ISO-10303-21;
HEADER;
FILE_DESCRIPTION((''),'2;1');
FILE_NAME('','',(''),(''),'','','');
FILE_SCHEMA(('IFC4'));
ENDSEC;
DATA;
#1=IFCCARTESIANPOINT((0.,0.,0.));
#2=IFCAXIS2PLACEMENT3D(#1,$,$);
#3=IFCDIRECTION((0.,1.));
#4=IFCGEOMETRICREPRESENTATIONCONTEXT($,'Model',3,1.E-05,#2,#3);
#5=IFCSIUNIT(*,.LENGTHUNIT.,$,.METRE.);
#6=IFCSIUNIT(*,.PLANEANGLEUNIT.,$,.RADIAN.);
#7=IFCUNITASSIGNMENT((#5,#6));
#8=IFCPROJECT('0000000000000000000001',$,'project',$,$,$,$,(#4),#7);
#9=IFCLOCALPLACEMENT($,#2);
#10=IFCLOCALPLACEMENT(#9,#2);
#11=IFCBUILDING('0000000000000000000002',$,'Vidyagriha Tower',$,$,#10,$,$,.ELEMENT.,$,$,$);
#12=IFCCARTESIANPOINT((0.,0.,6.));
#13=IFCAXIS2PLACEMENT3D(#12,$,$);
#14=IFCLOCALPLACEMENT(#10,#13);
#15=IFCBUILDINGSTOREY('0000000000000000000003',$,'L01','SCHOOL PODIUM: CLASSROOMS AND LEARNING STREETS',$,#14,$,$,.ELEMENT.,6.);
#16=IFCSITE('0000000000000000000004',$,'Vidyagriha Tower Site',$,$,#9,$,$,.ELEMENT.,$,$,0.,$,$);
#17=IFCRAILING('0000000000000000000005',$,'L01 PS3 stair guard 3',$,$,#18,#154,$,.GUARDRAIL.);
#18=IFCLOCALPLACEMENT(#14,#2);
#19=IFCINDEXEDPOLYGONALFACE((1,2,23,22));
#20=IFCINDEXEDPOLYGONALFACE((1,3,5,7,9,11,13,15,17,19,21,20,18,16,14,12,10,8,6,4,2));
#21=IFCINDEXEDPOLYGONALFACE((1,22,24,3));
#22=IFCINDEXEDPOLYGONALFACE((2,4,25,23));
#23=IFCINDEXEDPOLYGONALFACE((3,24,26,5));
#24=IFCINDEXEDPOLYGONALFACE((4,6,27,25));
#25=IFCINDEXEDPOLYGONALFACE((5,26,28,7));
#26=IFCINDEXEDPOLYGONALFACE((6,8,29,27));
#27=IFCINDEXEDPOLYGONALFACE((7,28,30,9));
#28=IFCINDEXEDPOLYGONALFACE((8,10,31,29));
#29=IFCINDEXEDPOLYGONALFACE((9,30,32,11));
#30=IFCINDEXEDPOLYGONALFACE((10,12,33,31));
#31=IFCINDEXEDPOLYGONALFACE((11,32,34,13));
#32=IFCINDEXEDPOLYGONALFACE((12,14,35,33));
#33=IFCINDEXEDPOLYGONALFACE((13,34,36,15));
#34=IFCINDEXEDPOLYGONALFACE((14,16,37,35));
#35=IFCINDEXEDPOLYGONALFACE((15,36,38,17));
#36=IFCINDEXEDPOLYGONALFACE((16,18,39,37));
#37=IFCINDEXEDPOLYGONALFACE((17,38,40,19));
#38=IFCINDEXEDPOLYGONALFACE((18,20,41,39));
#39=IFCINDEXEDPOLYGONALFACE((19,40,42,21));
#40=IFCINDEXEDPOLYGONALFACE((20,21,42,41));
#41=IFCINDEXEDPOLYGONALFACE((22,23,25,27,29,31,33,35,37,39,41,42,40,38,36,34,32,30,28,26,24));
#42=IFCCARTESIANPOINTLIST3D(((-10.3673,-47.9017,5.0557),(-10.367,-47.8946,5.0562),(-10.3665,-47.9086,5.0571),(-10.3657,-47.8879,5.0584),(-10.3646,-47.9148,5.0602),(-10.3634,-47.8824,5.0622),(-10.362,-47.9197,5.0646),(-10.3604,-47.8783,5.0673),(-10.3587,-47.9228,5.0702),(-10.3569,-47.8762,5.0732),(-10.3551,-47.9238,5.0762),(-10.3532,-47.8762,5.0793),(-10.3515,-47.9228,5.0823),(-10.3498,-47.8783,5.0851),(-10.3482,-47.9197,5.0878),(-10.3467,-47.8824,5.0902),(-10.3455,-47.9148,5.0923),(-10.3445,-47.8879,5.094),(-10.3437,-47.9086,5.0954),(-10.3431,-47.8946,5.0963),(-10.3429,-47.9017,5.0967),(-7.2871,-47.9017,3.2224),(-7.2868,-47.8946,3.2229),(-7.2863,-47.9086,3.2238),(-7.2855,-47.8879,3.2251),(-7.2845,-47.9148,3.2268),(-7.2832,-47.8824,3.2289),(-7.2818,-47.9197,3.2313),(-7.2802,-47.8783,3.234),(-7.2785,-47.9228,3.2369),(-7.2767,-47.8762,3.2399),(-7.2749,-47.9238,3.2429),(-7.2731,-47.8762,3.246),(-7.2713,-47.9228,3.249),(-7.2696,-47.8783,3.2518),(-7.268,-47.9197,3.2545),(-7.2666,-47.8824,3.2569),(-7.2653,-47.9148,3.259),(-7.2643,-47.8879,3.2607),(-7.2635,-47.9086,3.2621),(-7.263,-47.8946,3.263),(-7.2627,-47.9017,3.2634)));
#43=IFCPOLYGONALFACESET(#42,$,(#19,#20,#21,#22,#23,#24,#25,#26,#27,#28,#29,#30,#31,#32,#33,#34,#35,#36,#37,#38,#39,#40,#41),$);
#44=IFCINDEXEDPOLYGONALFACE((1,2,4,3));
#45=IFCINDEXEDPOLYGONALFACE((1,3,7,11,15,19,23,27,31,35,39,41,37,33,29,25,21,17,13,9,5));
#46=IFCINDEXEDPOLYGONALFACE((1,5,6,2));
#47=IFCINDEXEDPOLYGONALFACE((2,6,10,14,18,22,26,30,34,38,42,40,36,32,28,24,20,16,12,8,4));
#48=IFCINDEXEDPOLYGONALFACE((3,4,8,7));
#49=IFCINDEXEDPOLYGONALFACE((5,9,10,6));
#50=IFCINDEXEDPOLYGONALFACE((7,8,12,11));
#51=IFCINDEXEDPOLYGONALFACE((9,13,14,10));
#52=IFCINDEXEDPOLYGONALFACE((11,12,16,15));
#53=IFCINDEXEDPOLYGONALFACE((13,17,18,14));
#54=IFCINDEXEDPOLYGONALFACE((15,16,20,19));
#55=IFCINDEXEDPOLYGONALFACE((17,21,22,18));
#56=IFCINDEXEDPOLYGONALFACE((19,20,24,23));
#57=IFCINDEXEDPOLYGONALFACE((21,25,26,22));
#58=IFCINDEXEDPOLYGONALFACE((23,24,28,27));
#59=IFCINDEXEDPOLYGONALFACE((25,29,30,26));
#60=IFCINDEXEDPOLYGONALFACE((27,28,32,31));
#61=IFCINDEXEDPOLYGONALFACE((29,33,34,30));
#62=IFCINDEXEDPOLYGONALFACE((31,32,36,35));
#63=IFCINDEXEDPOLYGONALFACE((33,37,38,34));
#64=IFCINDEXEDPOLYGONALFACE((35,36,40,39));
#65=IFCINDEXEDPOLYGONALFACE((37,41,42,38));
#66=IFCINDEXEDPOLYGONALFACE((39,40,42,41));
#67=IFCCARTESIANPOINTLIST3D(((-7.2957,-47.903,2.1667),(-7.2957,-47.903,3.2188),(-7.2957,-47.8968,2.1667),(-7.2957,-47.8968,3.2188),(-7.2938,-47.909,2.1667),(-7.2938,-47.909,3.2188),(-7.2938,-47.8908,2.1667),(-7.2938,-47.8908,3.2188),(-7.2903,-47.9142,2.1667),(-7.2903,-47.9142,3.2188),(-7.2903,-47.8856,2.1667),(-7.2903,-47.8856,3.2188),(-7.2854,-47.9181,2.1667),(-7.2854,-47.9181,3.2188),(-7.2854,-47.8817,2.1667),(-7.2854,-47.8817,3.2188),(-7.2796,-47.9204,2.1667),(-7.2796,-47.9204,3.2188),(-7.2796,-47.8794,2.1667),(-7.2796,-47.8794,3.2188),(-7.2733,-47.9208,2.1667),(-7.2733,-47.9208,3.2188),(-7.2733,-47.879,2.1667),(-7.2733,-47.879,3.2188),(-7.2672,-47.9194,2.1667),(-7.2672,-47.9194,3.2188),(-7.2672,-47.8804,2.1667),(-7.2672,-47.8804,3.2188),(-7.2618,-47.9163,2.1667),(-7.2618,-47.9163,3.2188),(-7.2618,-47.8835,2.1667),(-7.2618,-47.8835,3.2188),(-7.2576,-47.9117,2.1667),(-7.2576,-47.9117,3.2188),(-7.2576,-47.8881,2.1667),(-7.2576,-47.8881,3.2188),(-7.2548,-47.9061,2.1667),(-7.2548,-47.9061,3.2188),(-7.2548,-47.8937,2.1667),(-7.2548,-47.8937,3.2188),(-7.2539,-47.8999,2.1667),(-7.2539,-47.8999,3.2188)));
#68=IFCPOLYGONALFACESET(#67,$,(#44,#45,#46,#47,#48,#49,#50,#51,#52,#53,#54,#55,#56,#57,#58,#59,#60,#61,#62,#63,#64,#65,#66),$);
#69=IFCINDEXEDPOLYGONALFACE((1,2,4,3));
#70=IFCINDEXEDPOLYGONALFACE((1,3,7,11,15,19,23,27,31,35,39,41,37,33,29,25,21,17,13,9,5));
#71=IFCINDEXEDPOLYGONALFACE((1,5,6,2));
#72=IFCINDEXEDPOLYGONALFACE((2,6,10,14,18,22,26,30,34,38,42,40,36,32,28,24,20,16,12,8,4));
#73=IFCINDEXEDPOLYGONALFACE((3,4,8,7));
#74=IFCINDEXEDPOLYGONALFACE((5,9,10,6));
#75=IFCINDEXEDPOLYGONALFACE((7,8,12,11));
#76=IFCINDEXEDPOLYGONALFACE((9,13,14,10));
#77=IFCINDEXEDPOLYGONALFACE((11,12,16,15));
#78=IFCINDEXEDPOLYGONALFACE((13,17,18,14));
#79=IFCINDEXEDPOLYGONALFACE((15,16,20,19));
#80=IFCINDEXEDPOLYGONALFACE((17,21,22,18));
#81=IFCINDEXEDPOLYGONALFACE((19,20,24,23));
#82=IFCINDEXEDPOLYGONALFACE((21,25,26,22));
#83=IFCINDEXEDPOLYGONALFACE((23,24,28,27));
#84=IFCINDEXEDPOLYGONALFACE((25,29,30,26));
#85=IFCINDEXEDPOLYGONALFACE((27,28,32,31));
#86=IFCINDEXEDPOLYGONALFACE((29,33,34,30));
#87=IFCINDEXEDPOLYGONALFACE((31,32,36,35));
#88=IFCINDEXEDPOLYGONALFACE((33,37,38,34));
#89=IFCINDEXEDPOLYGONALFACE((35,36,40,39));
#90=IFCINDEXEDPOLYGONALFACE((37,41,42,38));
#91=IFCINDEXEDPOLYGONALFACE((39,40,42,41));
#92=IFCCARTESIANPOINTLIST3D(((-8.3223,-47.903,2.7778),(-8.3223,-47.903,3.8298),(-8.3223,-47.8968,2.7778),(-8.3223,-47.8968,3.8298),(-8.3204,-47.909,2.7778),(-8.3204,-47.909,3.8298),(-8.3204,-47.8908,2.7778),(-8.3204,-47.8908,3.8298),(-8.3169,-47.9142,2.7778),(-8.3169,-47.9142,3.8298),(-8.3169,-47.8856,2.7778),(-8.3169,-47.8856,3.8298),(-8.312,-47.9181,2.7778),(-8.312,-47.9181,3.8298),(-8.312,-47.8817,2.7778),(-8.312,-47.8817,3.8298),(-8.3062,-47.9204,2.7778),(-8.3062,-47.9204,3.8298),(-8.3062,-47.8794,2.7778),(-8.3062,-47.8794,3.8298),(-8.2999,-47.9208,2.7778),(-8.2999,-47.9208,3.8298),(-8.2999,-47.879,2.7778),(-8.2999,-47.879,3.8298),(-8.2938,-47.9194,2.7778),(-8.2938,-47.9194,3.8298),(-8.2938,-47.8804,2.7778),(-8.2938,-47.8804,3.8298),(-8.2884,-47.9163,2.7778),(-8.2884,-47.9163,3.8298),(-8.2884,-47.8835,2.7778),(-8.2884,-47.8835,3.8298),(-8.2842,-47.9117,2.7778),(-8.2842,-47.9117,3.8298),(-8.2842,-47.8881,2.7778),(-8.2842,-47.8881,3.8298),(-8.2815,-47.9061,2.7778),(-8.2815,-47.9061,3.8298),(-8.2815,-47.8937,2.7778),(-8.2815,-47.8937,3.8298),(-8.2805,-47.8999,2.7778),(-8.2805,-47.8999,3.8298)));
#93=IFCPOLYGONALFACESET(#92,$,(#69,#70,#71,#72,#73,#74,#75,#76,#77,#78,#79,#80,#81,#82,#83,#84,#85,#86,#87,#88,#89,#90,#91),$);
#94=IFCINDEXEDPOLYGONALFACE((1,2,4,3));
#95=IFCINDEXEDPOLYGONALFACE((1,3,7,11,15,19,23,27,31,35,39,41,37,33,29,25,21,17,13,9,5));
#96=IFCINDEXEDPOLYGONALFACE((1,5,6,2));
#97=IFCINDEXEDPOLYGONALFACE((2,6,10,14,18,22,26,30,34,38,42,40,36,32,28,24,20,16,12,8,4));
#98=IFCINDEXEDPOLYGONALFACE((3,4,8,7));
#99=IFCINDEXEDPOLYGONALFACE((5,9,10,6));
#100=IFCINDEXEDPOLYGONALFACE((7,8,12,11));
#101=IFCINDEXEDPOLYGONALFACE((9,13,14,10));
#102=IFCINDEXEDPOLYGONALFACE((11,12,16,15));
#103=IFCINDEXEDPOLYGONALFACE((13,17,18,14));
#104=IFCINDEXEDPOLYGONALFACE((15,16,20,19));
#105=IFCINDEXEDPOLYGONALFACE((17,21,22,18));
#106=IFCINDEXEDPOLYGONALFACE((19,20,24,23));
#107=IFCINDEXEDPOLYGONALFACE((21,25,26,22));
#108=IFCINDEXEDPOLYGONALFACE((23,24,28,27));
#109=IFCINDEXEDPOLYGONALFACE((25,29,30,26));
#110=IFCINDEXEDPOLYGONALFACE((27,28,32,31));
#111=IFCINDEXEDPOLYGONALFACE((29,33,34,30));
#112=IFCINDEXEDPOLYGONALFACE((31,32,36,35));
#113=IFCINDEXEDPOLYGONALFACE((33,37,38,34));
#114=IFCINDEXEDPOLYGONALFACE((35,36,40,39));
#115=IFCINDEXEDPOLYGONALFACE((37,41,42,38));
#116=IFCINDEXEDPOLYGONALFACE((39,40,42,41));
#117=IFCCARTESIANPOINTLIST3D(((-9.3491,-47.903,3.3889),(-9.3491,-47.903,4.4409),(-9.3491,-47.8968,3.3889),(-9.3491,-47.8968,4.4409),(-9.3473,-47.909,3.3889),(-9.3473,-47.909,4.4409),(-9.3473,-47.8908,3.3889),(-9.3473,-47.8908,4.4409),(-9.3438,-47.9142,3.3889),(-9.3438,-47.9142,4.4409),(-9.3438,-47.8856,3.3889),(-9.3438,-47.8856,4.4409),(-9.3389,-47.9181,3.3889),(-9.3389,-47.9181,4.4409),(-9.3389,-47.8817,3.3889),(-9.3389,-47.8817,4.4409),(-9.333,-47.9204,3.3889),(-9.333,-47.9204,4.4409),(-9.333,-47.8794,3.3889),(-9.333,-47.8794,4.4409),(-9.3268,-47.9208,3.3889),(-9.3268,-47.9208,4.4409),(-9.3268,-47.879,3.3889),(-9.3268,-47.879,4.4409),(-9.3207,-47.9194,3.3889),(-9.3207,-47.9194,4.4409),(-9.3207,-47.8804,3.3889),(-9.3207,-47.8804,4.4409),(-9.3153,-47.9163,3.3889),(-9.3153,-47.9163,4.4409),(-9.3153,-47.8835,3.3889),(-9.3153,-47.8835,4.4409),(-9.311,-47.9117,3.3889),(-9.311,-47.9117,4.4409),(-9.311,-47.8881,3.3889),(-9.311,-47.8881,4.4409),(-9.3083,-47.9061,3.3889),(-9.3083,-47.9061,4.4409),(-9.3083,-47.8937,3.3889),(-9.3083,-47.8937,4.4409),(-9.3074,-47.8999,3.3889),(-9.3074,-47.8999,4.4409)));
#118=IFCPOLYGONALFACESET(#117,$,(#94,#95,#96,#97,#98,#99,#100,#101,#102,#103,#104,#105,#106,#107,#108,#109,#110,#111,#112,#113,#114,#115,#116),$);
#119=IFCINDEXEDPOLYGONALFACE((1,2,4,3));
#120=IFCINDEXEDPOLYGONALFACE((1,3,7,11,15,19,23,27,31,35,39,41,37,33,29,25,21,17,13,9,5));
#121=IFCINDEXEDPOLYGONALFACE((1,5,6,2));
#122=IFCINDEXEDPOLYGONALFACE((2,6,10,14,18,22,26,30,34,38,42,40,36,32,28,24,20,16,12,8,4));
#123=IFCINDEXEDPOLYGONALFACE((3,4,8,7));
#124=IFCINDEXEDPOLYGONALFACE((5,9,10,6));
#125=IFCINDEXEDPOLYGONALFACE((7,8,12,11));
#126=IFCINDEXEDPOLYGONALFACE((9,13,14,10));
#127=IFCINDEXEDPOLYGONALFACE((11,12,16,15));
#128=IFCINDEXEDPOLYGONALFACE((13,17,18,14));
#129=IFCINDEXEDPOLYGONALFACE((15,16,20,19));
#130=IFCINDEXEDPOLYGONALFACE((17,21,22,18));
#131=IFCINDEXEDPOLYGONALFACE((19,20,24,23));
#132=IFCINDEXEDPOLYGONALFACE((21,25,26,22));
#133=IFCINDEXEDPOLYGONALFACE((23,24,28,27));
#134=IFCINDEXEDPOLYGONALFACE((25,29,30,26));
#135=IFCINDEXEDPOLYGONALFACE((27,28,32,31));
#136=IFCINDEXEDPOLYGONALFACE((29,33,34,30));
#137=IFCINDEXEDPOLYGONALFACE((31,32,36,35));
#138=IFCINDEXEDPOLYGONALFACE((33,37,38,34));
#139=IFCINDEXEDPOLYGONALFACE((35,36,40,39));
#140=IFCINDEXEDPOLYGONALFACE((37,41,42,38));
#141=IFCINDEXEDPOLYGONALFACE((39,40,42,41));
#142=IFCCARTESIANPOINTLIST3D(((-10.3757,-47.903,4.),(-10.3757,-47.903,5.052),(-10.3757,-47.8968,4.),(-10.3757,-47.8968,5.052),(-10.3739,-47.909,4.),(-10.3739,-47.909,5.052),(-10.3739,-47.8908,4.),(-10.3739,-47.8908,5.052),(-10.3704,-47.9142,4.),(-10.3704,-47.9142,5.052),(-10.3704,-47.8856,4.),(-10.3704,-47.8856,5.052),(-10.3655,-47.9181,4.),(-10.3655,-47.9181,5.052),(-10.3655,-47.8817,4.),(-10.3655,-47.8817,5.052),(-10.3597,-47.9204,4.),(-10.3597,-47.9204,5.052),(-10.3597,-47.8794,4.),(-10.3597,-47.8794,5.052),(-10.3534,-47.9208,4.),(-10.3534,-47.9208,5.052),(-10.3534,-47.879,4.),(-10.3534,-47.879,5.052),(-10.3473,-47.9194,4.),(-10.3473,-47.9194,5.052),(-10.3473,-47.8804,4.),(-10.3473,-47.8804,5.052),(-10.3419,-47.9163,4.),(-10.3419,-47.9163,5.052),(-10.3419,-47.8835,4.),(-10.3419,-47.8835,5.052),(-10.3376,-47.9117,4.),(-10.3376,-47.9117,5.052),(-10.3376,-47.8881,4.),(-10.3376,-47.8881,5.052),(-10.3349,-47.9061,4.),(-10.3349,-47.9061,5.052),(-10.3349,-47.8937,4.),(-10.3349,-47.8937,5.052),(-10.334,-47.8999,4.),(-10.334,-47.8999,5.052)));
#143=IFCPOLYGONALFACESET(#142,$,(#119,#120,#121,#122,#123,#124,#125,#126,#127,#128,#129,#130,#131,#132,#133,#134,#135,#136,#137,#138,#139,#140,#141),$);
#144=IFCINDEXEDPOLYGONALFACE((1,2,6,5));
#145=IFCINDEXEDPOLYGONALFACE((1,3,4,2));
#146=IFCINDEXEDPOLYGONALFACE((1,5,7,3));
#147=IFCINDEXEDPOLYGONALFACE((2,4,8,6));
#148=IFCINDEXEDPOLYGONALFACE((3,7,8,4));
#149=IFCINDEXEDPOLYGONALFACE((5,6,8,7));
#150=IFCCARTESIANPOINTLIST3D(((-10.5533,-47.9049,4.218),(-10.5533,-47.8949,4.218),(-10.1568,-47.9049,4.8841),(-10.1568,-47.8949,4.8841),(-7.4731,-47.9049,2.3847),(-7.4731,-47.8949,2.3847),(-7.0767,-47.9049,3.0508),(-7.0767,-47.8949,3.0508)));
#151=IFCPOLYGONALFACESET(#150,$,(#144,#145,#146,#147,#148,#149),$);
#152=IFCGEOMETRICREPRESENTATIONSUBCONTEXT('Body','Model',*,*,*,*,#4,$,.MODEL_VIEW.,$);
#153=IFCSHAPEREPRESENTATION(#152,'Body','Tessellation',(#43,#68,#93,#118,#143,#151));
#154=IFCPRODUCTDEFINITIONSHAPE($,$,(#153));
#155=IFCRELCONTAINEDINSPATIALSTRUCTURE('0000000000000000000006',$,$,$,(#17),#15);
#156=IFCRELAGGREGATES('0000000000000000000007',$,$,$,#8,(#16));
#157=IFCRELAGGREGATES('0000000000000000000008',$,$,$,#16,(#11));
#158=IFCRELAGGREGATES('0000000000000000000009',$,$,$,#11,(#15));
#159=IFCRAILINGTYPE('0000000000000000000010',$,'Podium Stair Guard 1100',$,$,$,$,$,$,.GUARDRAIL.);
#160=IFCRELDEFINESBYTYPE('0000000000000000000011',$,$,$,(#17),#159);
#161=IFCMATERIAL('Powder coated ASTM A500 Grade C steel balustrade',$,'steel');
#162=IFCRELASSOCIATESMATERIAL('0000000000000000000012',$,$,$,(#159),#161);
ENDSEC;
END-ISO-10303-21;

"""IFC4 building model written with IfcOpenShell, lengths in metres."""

from ifc_helpers import new_model, si_unit, direction, frame, origin, origin_2d, place, context, subcontext, project, spatial, rectangle, circle, extrude, material, type_object, element, save


model = new_model("IFC4")

# Units and contexts
model_context = context("Model", 3, precision=1e-05, world=origin(), true_north=direction((0.0, 1.0)))
body_context = subcontext(model_context, "Body", "Model", "MODEL_VIEW")
ifc_project = project(units=[si_unit("LENGTHUNIT", "METRE"), si_unit("PLANEANGLEUNIT", "RADIAN")], contexts=[model_context])

# Site, building, storey
site_placement = place(None, origin())
site = spatial("IfcSite", under=ifc_project, at=site_placement, Name="Vidyagriha Tower Site", CompositionType="ELEMENT", RefElevation=0.0)
building_placement = place(site_placement, origin())
building = spatial("IfcBuilding", under=site, at=building_placement, Name="Vidyagriha Tower", CompositionType="ELEMENT")
storey_placement = place(building_placement, frame((0.0, 0.0, 6.0)))
storey = spatial("IfcBuildingStorey", under=building, at=storey_placement, Name="L01", Description="SCHOOL PODIUM: CLASSROOMS AND LEARNING STREETS", CompositionType="ELEMENT", Elevation=6.0)

# Railing
ifc_material_1 = material(Name="Powder coated ASTM A500 Grade C steel balustrade", Category="steel")
railing_type_1 = type_object("IfcRailingType", Name="Podium Stair Guard 1100", PredefinedType="GUARDRAIL", material=ifc_material_1)
railing_1_placement = place(storey_placement, frame((-7.2749, -47.8999, 2.1667)))
element("IfcRailing", 1, at=railing_1_placement, inside=storey, type_object=railing_type_1, Name="L01 PS3 stair guard 3", PredefinedType="GUARDRAIL", context=body_context, shape_type="SweptSolid", body=[
    extrude(circle(Radius=0.0239, at=origin_2d()), frame((0.0, 0.0, 1.0762), z_axis=(-0.859309, 0.0, 0.511458), x_axis=(0.0, -1.0, 0.0)), (0.0, 0.0, 1.0), 3.5845),
    extrude(circle(Radius=0.021, at=origin_2d()), origin(), (0.0, 0.0, 1.0), 1.052),
    extrude(circle(Radius=0.021, at=origin_2d()), frame((-1.0266, 0.0, 0.6111)), (0.0, 0.0, 1.0), 1.052),
    extrude(circle(Radius=0.021, at=origin_2d()), frame((-2.0535, 0.0, 1.2222)), (0.0, 0.0, 1.0), 1.052),
    extrude(circle(Radius=0.021, at=origin_2d()), frame((-3.0801, 0.0, 1.8333)), (0.0, 0.0, 1.0), 1.052),
    extrude(rectangle(XDim=0.01, YDim=0.7751, at=origin_2d()), frame((0.0, 0.0, 0.551), z_axis=(-0.859309, 0.0, 0.511458), x_axis=(0.0, -1.0, 0.0)), (0.0, 0.0, 1.0), 3.5845),
])

save(model, "model.ifc")
